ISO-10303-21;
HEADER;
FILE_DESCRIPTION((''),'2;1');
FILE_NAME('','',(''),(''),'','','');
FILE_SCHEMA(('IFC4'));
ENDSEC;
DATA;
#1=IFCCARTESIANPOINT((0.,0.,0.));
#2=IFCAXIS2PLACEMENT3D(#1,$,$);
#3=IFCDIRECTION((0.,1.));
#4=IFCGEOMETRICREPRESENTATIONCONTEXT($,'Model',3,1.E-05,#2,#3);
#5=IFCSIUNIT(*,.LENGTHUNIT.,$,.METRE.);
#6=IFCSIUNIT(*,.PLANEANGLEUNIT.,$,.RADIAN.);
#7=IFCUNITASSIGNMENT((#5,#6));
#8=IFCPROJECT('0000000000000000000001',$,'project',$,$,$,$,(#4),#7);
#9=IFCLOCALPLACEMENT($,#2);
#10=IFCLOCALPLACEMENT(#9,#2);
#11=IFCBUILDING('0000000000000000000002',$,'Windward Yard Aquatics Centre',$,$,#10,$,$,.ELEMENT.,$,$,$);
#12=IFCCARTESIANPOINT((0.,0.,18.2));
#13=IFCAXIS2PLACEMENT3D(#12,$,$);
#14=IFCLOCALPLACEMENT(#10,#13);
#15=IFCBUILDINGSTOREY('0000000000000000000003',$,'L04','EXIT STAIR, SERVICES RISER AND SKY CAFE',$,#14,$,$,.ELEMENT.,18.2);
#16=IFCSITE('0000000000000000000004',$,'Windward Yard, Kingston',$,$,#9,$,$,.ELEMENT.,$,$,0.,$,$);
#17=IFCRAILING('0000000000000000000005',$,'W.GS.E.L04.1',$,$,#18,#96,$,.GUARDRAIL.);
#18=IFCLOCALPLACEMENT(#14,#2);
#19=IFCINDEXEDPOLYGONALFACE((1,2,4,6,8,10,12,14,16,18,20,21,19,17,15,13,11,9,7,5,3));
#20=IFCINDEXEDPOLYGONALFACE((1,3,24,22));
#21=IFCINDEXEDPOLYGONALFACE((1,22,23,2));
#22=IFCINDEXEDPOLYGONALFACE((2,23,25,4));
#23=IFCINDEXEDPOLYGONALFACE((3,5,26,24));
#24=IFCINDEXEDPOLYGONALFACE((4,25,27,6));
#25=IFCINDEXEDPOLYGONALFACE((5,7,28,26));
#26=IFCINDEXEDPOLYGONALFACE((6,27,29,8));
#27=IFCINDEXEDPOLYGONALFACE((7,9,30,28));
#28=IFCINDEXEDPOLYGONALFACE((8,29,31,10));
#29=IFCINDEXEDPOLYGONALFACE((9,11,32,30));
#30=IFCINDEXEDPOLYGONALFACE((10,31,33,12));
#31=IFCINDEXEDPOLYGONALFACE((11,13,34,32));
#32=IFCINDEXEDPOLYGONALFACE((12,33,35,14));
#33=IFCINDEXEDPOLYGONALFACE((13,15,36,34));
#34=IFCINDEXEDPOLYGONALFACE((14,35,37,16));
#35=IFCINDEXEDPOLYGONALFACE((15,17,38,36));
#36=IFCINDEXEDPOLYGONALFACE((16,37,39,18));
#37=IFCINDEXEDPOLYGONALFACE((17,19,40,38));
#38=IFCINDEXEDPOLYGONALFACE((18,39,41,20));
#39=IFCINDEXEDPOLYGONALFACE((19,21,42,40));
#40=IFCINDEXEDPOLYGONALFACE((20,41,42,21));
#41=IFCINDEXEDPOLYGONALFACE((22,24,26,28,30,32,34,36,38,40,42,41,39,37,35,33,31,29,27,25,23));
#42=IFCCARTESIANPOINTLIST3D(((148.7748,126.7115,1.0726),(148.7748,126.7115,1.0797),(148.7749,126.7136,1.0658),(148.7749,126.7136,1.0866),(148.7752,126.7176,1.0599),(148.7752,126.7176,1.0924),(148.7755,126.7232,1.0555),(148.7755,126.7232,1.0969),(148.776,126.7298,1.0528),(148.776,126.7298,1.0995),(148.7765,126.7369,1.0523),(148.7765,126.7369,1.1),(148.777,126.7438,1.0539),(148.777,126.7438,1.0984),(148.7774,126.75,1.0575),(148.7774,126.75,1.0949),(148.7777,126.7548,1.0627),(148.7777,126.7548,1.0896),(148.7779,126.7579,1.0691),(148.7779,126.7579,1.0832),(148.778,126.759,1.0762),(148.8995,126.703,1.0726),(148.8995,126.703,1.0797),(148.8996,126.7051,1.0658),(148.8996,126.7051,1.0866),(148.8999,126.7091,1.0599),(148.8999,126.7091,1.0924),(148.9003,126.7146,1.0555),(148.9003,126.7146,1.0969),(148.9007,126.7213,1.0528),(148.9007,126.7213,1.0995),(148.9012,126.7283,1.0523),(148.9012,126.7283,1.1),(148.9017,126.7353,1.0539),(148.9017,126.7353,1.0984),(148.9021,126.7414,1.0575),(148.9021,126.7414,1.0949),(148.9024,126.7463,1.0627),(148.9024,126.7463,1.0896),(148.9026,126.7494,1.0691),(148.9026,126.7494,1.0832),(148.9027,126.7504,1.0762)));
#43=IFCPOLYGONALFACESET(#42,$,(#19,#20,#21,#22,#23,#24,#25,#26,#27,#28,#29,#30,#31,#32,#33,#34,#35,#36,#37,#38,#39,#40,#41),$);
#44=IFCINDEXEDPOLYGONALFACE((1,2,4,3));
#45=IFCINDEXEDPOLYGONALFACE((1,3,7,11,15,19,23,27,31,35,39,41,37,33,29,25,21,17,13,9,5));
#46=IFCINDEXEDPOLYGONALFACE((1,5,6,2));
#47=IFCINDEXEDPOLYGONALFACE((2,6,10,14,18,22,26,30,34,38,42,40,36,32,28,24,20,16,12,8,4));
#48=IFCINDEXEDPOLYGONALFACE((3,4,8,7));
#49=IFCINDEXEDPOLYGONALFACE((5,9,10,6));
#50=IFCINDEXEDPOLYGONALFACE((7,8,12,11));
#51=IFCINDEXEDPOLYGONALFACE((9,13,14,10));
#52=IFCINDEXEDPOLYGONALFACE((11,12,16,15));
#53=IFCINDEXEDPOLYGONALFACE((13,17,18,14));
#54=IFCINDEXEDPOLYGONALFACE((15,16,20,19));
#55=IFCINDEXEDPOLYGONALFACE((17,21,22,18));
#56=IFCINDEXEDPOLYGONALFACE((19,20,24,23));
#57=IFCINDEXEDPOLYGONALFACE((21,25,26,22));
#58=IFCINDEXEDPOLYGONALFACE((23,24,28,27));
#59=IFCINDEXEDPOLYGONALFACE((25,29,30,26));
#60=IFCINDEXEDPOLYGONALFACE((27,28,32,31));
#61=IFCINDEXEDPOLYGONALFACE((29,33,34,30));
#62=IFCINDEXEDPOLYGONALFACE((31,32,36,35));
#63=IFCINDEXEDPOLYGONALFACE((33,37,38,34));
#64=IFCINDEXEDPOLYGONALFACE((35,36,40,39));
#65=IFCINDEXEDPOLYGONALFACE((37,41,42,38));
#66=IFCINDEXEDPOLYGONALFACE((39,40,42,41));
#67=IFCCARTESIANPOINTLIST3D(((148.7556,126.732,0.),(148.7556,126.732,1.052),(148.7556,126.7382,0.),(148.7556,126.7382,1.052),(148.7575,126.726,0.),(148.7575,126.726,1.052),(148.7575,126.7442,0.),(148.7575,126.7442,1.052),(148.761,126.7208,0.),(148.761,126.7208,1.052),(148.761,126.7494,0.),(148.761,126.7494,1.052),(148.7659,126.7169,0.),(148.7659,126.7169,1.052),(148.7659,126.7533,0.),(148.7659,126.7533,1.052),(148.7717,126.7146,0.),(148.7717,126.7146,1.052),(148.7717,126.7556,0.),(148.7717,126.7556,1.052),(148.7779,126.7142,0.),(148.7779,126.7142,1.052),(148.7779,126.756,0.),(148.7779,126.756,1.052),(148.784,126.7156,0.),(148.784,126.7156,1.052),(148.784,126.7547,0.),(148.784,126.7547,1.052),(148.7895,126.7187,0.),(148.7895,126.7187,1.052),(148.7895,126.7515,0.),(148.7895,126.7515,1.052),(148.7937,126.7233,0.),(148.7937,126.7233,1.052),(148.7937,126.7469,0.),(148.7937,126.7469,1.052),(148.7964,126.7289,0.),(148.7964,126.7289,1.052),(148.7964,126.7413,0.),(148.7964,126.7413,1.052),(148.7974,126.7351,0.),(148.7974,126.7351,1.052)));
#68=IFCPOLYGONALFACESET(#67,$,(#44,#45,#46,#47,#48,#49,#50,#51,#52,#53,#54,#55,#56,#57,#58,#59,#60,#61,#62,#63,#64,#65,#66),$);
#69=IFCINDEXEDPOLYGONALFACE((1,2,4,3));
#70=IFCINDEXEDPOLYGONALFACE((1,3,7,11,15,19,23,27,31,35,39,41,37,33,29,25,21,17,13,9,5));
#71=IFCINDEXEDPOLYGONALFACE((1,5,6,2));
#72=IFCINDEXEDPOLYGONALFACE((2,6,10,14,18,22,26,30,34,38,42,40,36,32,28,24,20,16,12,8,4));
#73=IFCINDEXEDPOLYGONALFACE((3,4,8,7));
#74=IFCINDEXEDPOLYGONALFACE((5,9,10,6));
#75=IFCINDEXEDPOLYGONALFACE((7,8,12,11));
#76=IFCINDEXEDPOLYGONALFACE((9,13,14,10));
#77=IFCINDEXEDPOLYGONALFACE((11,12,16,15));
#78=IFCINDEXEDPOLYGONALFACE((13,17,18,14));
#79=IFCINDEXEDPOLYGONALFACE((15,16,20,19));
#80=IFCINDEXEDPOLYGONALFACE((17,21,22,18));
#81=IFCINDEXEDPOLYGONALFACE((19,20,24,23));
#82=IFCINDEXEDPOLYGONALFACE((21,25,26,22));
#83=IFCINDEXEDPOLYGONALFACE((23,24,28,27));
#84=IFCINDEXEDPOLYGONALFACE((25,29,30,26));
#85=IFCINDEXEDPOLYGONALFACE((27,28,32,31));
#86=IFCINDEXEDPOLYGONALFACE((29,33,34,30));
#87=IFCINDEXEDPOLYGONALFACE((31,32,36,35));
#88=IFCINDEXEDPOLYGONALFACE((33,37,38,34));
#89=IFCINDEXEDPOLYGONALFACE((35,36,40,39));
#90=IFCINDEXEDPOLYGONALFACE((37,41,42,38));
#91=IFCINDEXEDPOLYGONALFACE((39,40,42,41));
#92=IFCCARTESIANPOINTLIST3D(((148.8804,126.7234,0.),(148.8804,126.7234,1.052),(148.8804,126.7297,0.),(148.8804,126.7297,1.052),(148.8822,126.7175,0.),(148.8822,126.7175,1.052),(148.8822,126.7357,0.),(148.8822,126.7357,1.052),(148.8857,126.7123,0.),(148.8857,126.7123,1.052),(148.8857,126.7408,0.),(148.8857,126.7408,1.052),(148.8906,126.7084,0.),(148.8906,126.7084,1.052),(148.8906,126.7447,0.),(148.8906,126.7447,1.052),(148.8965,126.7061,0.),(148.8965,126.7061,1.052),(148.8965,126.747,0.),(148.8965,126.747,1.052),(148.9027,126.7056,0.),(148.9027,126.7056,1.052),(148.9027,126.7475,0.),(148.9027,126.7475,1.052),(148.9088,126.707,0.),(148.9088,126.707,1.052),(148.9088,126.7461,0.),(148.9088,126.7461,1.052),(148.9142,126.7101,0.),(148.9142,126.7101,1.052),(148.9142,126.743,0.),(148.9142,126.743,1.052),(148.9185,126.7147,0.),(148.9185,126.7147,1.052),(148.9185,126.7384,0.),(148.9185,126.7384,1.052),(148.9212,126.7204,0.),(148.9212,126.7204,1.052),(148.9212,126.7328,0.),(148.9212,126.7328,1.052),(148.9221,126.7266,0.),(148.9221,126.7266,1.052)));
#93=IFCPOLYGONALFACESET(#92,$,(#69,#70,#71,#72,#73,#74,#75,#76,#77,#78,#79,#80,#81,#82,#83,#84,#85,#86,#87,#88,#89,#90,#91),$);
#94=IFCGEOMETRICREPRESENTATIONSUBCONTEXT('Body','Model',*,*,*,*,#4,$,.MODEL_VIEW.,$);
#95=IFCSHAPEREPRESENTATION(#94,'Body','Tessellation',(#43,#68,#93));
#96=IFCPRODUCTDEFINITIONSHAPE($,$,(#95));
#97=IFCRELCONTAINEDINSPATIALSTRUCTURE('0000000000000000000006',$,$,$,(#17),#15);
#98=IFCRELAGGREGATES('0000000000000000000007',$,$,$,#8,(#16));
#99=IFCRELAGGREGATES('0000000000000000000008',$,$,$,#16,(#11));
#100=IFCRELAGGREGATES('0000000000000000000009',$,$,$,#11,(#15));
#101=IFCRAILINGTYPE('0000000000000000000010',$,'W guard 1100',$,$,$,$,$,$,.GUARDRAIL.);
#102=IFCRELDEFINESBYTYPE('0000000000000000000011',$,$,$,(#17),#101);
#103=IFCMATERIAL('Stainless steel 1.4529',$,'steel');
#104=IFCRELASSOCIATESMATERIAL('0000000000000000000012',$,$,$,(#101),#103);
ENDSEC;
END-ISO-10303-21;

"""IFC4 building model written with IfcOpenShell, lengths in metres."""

from ifc_helpers import new_model, si_unit, direction, frame, origin, origin_2d, place, context, subcontext, project, spatial, circle, extrude, material, type_object, element, save


model = new_model("IFC4")

# Units and contexts
model_context = context("Model", 3, precision=1e-05, world=origin(), true_north=direction((0.0, 1.0)))
body_context = subcontext(model_context, "Body", "Model", "MODEL_VIEW")
ifc_project = project(units=[si_unit("LENGTHUNIT", "METRE"), si_unit("PLANEANGLEUNIT", "RADIAN")], contexts=[model_context])

# Site, building, storey
site_placement = place(None, origin())
site = spatial("IfcSite", under=ifc_project, at=site_placement, Name="Windward Yard, Kingston", CompositionType="ELEMENT", RefElevation=0.0)
building_placement = place(site_placement, origin())
building = spatial("IfcBuilding", under=site, at=building_placement, Name="Windward Yard Aquatics Centre", CompositionType="ELEMENT")
storey_placement = place(building_placement, frame((0.0, 0.0, 18.2)))
storey = spatial("IfcBuildingStorey", under=building, at=storey_placement, Name="L04", Description="EXIT STAIR, SERVICES RISER AND SKY CAFE", CompositionType="ELEMENT", Elevation=18.2)

# Railing
ifc_material_1 = material(Name="Stainless steel 1.4529", Category="steel")
railing_type_1 = type_object("IfcRailingType", Name="W guard 1100", PredefinedType="GUARDRAIL", material=ifc_material_1)
railing_1_placement = place(storey_placement, frame((148.7764, 126.7351, 0.0)))
element("IfcRailing", 1, at=railing_1_placement, inside=storey, type_object=railing_type_1, Name="W.GS.E.L04.1", PredefinedType="GUARDRAIL", context=body_context, shape_type="SweptSolid", body=[
    extrude(circle(Radius=0.0239, at=origin_2d()), frame((0.0, 0.0, 1.0762), z_axis=(0.997663, -0.068333, 0.0), x_axis=(0.068333, 0.997663, 0.0)), (0.0, 0.0, 1.0), 0.125),
    extrude(circle(Radius=0.021, at=origin_2d()), origin(), (0.0, 0.0, 1.0), 1.052),
    extrude(circle(Radius=0.021, at=origin_2d()), frame((0.1248, -0.0085, 0.0)), (0.0, 0.0, 1.0), 1.052),
])

save(model, "model.ifc")
